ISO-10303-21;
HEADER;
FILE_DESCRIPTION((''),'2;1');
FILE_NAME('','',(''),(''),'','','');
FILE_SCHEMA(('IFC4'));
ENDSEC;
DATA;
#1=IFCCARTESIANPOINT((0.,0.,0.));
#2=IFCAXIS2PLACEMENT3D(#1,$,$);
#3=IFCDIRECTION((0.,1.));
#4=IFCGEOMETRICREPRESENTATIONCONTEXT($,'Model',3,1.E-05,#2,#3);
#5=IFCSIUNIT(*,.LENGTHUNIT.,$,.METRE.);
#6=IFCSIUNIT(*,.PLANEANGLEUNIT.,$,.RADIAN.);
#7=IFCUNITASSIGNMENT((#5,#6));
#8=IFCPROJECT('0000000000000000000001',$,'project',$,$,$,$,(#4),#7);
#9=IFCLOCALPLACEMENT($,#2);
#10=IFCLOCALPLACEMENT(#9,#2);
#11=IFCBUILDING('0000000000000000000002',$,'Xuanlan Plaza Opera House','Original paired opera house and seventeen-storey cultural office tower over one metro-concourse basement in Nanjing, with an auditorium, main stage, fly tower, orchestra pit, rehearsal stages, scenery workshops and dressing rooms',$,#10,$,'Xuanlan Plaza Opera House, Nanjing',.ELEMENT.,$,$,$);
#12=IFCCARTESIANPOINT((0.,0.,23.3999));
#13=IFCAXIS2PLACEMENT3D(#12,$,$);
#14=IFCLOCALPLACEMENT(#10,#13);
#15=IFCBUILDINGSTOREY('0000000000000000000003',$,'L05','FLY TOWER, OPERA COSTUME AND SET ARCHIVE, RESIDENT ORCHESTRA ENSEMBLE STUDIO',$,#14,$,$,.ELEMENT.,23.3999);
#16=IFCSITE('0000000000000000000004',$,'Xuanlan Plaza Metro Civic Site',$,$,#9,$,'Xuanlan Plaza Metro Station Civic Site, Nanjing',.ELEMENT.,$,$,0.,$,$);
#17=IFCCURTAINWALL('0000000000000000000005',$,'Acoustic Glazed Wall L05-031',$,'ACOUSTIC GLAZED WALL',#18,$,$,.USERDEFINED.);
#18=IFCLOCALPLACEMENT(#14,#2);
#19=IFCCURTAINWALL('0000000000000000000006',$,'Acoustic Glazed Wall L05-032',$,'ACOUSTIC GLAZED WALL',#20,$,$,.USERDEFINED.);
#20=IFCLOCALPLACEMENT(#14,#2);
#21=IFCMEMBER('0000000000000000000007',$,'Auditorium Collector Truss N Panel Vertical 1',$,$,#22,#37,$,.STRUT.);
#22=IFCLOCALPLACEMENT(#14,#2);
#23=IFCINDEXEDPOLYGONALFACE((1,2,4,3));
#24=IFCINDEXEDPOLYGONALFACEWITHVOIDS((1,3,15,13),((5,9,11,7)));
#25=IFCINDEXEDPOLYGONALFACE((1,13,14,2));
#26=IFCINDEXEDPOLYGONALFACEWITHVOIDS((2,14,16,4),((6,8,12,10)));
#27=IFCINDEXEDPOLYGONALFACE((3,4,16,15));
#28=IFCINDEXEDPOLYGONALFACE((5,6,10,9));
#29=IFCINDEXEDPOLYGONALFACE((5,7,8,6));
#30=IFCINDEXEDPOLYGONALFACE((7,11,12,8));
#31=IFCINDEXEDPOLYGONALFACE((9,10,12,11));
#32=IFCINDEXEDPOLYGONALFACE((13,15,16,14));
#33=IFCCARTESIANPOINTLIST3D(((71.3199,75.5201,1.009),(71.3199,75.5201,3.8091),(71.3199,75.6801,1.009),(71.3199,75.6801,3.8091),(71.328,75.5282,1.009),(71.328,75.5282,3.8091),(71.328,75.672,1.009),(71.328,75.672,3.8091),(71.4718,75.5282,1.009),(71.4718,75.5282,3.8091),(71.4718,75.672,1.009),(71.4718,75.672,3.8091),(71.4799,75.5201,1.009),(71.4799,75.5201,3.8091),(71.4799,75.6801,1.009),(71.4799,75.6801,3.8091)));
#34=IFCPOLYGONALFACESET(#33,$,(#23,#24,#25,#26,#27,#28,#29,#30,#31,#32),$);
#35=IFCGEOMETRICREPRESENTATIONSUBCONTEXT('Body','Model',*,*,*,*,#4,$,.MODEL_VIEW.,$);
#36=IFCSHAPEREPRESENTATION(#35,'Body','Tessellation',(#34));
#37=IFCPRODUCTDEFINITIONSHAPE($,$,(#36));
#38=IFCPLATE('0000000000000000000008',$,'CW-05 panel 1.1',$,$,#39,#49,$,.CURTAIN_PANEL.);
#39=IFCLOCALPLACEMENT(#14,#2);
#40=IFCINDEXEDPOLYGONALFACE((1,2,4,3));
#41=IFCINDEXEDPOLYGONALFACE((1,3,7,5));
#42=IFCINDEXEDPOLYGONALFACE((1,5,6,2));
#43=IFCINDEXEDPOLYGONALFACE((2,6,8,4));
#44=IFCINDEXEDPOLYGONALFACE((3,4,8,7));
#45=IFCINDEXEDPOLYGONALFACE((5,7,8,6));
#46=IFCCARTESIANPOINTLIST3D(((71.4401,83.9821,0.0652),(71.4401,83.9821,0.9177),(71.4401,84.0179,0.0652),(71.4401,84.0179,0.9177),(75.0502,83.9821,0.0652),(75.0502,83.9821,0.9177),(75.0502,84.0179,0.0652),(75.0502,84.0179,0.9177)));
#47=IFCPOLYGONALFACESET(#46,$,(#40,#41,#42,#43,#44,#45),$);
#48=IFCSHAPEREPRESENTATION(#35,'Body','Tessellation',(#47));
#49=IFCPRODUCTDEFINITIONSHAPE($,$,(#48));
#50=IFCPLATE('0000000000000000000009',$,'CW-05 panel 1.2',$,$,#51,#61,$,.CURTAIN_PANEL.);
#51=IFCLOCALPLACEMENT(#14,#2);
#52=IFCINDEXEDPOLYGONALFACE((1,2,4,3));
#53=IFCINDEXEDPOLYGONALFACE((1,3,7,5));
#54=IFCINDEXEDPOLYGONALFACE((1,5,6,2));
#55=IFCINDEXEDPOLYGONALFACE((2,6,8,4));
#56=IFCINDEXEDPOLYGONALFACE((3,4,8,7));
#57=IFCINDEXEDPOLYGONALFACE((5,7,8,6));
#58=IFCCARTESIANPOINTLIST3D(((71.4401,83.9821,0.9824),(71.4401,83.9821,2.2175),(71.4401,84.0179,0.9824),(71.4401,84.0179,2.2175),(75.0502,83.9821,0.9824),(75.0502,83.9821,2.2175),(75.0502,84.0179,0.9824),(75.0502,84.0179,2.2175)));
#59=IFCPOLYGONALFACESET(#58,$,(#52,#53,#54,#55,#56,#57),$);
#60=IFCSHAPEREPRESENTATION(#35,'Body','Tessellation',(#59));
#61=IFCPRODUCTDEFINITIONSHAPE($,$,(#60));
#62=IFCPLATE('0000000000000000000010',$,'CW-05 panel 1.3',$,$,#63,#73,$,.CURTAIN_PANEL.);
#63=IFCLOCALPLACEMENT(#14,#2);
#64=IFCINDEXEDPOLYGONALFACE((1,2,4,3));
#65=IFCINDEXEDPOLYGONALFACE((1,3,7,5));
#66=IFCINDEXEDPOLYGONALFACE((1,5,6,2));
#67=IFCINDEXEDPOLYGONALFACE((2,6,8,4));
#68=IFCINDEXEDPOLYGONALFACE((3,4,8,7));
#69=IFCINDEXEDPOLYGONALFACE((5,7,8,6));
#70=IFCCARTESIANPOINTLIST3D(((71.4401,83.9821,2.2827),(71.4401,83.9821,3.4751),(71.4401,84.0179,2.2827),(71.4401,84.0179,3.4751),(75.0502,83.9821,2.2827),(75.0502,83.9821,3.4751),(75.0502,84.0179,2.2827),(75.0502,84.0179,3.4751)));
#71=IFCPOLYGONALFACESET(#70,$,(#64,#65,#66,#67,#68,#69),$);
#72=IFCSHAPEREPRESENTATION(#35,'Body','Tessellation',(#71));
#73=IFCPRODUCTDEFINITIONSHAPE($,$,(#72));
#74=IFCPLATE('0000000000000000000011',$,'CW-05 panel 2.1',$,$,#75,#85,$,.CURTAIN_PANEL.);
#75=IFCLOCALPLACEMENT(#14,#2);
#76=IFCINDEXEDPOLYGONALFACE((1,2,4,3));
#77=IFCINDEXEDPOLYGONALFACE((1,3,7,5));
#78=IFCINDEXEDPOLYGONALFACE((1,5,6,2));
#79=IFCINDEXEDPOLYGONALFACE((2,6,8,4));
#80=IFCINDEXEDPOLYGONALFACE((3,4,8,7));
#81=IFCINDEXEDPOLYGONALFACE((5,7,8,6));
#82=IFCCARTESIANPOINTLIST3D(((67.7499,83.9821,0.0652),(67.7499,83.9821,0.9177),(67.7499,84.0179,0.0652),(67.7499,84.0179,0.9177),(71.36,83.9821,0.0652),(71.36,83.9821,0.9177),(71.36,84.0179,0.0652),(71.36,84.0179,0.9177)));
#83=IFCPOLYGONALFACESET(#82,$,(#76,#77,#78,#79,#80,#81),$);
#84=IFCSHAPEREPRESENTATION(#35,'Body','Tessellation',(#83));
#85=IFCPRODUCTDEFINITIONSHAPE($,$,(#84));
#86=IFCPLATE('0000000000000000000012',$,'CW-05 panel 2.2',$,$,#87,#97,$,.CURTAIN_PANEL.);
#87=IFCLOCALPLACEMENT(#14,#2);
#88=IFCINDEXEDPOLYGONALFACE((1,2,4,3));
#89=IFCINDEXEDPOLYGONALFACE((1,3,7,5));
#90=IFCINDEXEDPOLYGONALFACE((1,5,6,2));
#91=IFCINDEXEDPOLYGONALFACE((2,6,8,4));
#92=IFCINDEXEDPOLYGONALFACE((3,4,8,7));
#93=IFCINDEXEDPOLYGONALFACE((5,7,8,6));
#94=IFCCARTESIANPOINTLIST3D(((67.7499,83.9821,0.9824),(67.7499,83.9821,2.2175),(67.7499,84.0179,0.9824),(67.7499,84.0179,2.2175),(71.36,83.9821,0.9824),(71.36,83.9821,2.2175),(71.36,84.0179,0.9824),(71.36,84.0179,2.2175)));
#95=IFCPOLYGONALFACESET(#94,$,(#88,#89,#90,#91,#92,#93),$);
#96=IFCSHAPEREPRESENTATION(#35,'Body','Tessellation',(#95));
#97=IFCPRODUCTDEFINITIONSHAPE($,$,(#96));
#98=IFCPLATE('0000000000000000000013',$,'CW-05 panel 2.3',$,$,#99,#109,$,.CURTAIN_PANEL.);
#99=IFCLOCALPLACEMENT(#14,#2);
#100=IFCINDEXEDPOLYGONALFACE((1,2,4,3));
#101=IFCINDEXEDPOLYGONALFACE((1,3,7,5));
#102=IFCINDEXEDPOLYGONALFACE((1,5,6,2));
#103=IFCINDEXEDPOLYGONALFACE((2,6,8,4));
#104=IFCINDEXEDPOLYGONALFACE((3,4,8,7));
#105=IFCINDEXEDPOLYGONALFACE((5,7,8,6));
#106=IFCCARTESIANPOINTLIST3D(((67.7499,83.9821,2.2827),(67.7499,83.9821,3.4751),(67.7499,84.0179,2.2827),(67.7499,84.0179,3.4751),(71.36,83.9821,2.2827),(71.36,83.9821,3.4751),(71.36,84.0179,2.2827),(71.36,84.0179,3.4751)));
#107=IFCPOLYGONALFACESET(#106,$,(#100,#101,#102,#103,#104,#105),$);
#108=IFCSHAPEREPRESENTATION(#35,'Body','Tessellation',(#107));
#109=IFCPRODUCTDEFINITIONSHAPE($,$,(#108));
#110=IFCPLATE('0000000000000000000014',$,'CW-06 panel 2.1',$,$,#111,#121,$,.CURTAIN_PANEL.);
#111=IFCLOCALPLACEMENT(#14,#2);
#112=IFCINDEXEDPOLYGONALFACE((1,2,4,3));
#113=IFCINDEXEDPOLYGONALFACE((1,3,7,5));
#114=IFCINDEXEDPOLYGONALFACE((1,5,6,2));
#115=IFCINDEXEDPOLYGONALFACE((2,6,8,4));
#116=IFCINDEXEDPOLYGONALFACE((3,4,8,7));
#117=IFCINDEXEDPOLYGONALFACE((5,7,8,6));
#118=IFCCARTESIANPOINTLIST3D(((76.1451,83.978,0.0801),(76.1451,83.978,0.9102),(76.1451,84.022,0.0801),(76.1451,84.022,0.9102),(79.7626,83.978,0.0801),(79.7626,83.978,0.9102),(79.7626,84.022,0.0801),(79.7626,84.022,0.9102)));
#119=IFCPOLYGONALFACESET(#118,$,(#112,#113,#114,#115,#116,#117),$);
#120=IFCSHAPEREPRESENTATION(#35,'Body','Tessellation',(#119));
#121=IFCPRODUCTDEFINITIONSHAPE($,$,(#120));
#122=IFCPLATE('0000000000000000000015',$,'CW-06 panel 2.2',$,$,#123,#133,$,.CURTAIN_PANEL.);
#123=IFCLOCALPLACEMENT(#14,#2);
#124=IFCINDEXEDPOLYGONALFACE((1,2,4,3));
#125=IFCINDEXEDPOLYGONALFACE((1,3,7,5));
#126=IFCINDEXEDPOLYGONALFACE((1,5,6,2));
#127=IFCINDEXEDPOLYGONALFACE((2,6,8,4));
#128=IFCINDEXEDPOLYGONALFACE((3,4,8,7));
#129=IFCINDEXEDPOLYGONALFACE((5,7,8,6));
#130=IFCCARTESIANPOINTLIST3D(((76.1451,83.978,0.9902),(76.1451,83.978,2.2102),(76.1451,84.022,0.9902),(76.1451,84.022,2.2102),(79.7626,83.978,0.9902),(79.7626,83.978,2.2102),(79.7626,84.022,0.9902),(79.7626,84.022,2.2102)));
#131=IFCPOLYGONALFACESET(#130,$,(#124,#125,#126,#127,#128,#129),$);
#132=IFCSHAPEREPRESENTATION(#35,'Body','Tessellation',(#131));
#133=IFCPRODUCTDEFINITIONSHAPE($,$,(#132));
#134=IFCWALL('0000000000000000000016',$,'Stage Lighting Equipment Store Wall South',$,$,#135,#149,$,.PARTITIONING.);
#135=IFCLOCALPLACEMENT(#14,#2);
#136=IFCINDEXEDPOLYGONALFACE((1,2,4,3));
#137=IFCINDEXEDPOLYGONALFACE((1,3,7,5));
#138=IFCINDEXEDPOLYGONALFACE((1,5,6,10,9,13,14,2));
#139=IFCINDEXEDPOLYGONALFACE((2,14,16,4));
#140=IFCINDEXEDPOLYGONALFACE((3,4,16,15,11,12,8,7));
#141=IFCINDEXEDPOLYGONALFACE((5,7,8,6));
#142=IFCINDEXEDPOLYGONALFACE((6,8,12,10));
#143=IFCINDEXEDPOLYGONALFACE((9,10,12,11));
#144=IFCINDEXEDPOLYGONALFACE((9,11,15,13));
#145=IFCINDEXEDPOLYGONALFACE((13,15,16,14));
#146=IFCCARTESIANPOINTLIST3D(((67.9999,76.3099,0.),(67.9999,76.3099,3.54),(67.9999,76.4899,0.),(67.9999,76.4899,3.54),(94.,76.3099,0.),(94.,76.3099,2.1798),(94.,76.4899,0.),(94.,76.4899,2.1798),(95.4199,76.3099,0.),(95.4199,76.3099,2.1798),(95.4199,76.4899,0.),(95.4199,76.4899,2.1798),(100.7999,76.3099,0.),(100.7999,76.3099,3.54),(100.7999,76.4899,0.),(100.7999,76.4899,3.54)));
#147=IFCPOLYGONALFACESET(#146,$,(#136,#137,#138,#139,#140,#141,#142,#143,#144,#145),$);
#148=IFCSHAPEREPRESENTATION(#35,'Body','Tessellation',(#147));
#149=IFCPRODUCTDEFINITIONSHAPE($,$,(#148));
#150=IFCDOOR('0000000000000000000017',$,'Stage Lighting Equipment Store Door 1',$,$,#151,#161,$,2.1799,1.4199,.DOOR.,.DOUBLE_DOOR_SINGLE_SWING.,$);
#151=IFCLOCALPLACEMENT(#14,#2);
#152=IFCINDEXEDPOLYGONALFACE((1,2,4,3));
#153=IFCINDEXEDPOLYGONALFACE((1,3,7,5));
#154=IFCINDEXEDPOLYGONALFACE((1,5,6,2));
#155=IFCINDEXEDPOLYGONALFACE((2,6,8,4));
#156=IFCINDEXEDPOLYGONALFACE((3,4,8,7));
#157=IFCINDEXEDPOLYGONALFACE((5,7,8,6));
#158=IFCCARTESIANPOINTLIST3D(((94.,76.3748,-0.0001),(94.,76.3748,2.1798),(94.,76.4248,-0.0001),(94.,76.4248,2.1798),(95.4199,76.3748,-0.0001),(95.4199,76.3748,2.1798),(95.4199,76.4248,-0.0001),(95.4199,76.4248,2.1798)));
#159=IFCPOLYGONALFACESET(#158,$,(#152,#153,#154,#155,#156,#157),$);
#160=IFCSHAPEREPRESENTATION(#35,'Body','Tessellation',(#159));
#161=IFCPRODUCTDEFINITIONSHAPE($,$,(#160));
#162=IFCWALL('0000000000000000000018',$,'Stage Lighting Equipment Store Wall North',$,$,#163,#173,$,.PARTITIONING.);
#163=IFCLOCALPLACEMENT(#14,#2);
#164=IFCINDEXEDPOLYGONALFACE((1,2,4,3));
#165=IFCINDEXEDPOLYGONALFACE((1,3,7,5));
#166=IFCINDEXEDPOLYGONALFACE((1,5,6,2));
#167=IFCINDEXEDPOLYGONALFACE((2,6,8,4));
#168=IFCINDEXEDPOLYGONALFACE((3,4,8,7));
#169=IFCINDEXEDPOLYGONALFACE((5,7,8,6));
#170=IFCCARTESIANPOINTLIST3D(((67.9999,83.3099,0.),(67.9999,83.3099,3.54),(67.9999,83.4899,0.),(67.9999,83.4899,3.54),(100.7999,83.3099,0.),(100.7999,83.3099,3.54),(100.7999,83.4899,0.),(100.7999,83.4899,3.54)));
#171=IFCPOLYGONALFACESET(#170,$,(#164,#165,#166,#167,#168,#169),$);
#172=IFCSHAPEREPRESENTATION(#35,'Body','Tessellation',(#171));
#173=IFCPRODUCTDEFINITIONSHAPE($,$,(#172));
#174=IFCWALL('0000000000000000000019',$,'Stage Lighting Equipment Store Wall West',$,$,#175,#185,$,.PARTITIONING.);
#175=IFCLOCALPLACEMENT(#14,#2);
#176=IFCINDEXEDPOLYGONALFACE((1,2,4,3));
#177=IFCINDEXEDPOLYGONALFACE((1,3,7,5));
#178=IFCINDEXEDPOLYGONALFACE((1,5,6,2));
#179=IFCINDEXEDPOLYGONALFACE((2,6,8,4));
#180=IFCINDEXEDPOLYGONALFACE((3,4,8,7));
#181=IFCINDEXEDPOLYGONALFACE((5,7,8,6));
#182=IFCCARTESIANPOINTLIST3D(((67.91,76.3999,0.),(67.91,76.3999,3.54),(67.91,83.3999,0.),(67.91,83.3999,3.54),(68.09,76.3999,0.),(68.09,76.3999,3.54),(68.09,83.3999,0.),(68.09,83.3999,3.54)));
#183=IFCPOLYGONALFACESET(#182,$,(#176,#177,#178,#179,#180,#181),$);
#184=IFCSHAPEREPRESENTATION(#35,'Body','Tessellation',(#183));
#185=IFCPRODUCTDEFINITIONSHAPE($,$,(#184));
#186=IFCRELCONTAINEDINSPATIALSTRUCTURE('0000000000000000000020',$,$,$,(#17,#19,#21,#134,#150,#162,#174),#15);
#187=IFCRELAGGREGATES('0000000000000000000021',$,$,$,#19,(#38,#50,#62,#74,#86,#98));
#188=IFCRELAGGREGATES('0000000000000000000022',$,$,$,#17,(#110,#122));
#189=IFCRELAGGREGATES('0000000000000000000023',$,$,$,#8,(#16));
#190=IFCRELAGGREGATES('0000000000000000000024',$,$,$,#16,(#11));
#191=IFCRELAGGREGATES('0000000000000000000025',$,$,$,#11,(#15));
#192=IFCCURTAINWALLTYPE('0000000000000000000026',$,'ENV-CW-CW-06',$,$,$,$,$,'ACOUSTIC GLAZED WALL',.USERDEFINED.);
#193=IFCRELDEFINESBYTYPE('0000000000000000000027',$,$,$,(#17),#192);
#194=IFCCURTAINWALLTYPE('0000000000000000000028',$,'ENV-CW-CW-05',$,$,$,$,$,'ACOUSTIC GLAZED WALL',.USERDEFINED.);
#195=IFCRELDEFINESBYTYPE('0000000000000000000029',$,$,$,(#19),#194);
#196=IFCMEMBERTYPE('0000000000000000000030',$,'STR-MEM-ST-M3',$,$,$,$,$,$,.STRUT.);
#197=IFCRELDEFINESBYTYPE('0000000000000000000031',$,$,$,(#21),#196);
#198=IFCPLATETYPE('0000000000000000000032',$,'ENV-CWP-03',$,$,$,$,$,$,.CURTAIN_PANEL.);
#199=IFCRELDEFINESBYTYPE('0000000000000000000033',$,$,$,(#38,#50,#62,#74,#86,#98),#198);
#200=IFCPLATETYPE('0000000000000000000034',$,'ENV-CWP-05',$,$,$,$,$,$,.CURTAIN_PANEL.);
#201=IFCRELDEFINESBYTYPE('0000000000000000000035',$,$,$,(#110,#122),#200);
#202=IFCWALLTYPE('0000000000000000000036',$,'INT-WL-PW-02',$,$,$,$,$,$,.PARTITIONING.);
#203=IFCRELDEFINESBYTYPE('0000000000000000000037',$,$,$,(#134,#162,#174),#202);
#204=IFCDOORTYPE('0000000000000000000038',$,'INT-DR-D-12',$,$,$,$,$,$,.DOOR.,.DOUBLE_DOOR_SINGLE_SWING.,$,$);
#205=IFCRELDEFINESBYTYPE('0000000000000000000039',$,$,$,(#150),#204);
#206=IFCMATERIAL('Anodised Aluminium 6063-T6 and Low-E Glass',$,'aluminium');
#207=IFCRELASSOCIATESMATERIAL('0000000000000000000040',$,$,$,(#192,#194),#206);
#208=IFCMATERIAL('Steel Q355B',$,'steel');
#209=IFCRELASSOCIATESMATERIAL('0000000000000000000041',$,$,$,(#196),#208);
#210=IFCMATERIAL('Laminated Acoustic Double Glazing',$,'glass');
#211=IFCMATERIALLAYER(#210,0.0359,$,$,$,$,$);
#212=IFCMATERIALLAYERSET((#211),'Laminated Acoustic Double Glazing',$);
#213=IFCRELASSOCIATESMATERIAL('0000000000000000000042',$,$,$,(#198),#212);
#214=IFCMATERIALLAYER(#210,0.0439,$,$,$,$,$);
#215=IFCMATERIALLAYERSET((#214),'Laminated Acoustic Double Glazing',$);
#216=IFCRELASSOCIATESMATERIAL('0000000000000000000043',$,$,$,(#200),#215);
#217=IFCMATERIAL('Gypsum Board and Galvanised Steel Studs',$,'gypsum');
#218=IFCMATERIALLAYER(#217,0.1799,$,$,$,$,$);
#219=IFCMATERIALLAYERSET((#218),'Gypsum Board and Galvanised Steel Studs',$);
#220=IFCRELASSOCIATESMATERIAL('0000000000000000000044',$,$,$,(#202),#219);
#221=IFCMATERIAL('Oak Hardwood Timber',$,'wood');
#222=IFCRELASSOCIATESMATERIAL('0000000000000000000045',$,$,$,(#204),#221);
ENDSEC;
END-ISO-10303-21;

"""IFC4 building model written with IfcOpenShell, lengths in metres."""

from ifc_helpers import new_model, si_unit, direction, frame, frame_2d, origin, origin_2d, place, context, subcontext, project, spatial, rectangle, hollow_rectangle, extrude, material, layer, layer_set, material_profile, profile_set, type_object, element, fill, aggregate, save


model = new_model("IFC4")

# Units and contexts
model_context = context("Model", 3, precision=1e-05, world=origin(), true_north=direction((0.0, 1.0)))
body_context = subcontext(model_context, "Body", "Model", "MODEL_VIEW")
ifc_project = project(units=[si_unit("LENGTHUNIT", "METRE"), si_unit("PLANEANGLEUNIT", "RADIAN")], contexts=[model_context])

# Site, building, storey
site_placement = place(None, origin())
site = spatial("IfcSite", under=ifc_project, at=site_placement, Name="Xuanlan Plaza Metro Civic Site", LongName="Xuanlan Plaza Metro Station Civic Site, Nanjing", CompositionType="ELEMENT", RefElevation=0.0)
building_placement = place(site_placement, origin())
building = spatial("IfcBuilding", under=site, at=building_placement, Name="Xuanlan Plaza Opera House", Description="Original paired opera house and seventeen-storey cultural office tower over one metro-concourse basement in Nanjing, with an auditorium, main stage, fly tower, orchestra pit, rehearsal stages, scenery workshops and dressing rooms", LongName="Xuanlan Plaza Opera House, Nanjing", CompositionType="ELEMENT")
storey_placement = place(building_placement, frame((0.0, 0.0, 23.3999)))
storey = spatial("IfcBuildingStorey", under=building, at=storey_placement, Name="L05", Description="FLY TOWER, OPERA COSTUME AND SET ARCHIVE, RESIDENT ORCHESTRA ENSEMBLE STUDIO", CompositionType="ELEMENT", Elevation=23.3999)

# Curtain wall
ifc_material_1 = material(Name="Anodised Aluminium 6063-T6 and Low-E Glass", Category="aluminium")
curtain_wall_type_1 = type_object("IfcCurtainWallType", Name="ENV-CW-CW-06", ElementType="ACOUSTIC GLAZED WALL", PredefinedType="USERDEFINED", material=ifc_material_1)
curtain_wall_1_placement = place(storey_placement, origin())
curtain_wall_1 = element("IfcCurtainWall", 1, at=curtain_wall_1_placement, inside=storey, type_object=curtain_wall_type_1, Name="Acoustic Glazed Wall L05-031", ObjectType="ACOUSTIC GLAZED WALL", PredefinedType="USERDEFINED")

# Curtain wall
curtain_wall_type_2 = type_object("IfcCurtainWallType", Name="ENV-CW-CW-05", ElementType="ACOUSTIC GLAZED WALL", PredefinedType="USERDEFINED", material=ifc_material_1)
curtain_wall_2_placement = place(storey_placement, origin())
curtain_wall_2 = element("IfcCurtainWall", 2, at=curtain_wall_2_placement, inside=storey, type_object=curtain_wall_type_2, Name="Acoustic Glazed Wall L05-032", ObjectType="ACOUSTIC GLAZED WALL", PredefinedType="USERDEFINED")

# Member
ifc_material_2 = material(Name="Steel Q355B", Category="steel")
ifc_material_profile_1 = material_profile(ifc_material_2, hollow_rectangle(XDim=0.1599, YDim=0.1599, WallThickness=0.0081, at=origin_2d()), Name="SHS 160x160x8")
ifc_profile_set_1 = profile_set([ifc_material_profile_1], Name="Steel Q355B")
member_type_1 = type_object("IfcMemberType", Name="STR-MEM-ST-M3", PredefinedType="STRUT", material=ifc_profile_set_1)
member_1_placement = place(storey_placement, frame((71.3999, 75.6001, 1.009), z_axis=(0.0, 0.0, 1.0), x_axis=(1.0, 0.0, 0.0)))
element("IfcMember", 3, at=member_1_placement, inside=storey, type_object=member_type_1, Name="Auditorium Collector Truss N Panel Vertical 1", PredefinedType="STRUT", context=body_context, shape_type="SweptSolid", body=[
    extrude(hollow_rectangle(XDim=0.1599, YDim=0.1599, WallThickness=0.0081, at=origin_2d()), origin(), (0.0, 0.0, 1.0), 2.8),
])

# Plates
ifc_material_3 = material(Name="Laminated Acoustic Double Glazing", Category="glass")
ifc_layer_1 = layer(ifc_material_3, 0.0359)
ifc_layer_set_1 = layer_set([ifc_layer_1], Name="Laminated Acoustic Double Glazing")
plate_type_1 = type_object("IfcPlateType", Name="ENV-CWP-03", PredefinedType="CURTAIN_PANEL", material=ifc_layer_set_1)
plate_1_placement = place(storey_placement, frame((73.2451, 84.0, 0.0652), z_axis=(0.0, 0.0, 1.0), x_axis=(-1.0, 0.0, 0.0)))
plate_1 = element("IfcPlate", 4, at=plate_1_placement, type_object=plate_type_1, Name="CW-05 panel 1.1", PredefinedType="CURTAIN_PANEL", context=body_context, shape_type="SweptSolid", body=[
    extrude(rectangle(XDim=3.6101, YDim=0.0359, at=origin_2d()), origin(), (0.0, 0.0, 1.0), 0.8525),
])
plate_2_placement = place(storey_placement, frame((73.2451, 84.0, 0.9824), z_axis=(0.0, 0.0, 1.0), x_axis=(-1.0, 0.0, 0.0)))
plate_2 = element("IfcPlate", 5, at=plate_2_placement, type_object=plate_type_1, Name="CW-05 panel 1.2", PredefinedType="CURTAIN_PANEL", context=body_context, shape_type="SweptSolid", body=[
    extrude(rectangle(XDim=3.6101, YDim=0.0359, at=origin_2d()), origin(), (0.0, 0.0, 1.0), 1.2351),
])
plate_3_placement = place(storey_placement, frame((73.2451, 84.0, 2.2827), z_axis=(0.0, 0.0, 1.0), x_axis=(-1.0, 0.0, 0.0)))
plate_3 = element("IfcPlate", 6, at=plate_3_placement, type_object=plate_type_1, Name="CW-05 panel 1.3", PredefinedType="CURTAIN_PANEL", context=body_context, shape_type="SweptSolid", body=[
    extrude(rectangle(XDim=3.6101, YDim=0.0359, at=origin_2d()), origin(), (0.0, 0.0, 1.0), 1.1924),
])
plate_4_placement = place(storey_placement, frame((69.5549, 84.0, 0.0652), z_axis=(0.0, 0.0, 1.0), x_axis=(-1.0, 0.0, 0.0)))
plate_4 = element("IfcPlate", 7, at=plate_4_placement, type_object=plate_type_1, Name="CW-05 panel 2.1", PredefinedType="CURTAIN_PANEL", context=body_context, shape_type="SweptSolid", body=[
    extrude(rectangle(XDim=3.6101, YDim=0.0359, at=origin_2d()), origin(), (0.0, 0.0, 1.0), 0.8525),
])
plate_5_placement = place(storey_placement, frame((69.5549, 84.0, 0.9824), z_axis=(0.0, 0.0, 1.0), x_axis=(-1.0, 0.0, 0.0)))
plate_5 = element("IfcPlate", 8, at=plate_5_placement, type_object=plate_type_1, Name="CW-05 panel 2.2", PredefinedType="CURTAIN_PANEL", context=body_context, shape_type="SweptSolid", body=[
    extrude(rectangle(XDim=3.6101, YDim=0.0359, at=origin_2d()), origin(), (0.0, 0.0, 1.0), 1.2351),
])
plate_6_placement = place(storey_placement, frame((69.5549, 84.0, 2.2827), z_axis=(0.0, 0.0, 1.0), x_axis=(-1.0, 0.0, 0.0)))
plate_6 = element("IfcPlate", 9, at=plate_6_placement, type_object=plate_type_1, Name="CW-05 panel 2.3", PredefinedType="CURTAIN_PANEL", context=body_context, shape_type="SweptSolid", body=[
    extrude(rectangle(XDim=3.6101, YDim=0.0359, at=origin_2d()), origin(), (0.0, 0.0, 1.0), 1.1924),
])
aggregate(curtain_wall_2, [plate_1, plate_2, plate_3, plate_4, plate_5, plate_6])
ifc_layer_2 = layer(ifc_material_3, 0.0439)
ifc_layer_set_2 = layer_set([ifc_layer_2], Name="Laminated Acoustic Double Glazing")
plate_type_2 = type_object("IfcPlateType", Name="ENV-CWP-05", PredefinedType="CURTAIN_PANEL", material=ifc_layer_set_2)
plate_7_placement = place(storey_placement, frame((77.9539, 84.0, 0.0801), z_axis=(0.0, 0.0, 1.0), x_axis=(-1.0, 0.0, 0.0)))
plate_7 = element("IfcPlate", 10, at=plate_7_placement, type_object=plate_type_2, Name="CW-06 panel 2.1", PredefinedType="CURTAIN_PANEL", context=body_context, shape_type="SweptSolid", body=[
    extrude(rectangle(XDim=3.6174, YDim=0.0439, at=origin_2d()), origin(), (0.0, 0.0, 1.0), 0.8301),
])
plate_8_placement = place(storey_placement, frame((77.9539, 84.0, 0.9902), z_axis=(0.0, 0.0, 1.0), x_axis=(-1.0, 0.0, 0.0)))
plate_8 = element("IfcPlate", 11, at=plate_8_placement, type_object=plate_type_2, Name="CW-06 panel 2.2", PredefinedType="CURTAIN_PANEL", context=body_context, shape_type="SweptSolid", body=[
    extrude(rectangle(XDim=3.6174, YDim=0.0439, at=origin_2d()), origin(), (0.0, 0.0, 1.0), 1.22),
])
aggregate(curtain_wall_1, [plate_7, plate_8])

# Wall, opening, door
ifc_material_4 = material(Name="Gypsum Board and Galvanised Steel Studs", Category="gypsum")
ifc_layer_3 = layer(ifc_material_4, 0.1799)
ifc_layer_set_3 = layer_set([ifc_layer_3], Name="Gypsum Board and Galvanised Steel Studs")
wall_type = type_object("IfcWallType", Name="INT-WL-PW-02", PredefinedType="PARTITIONING", material=ifc_layer_set_3)
wall_1_placement = place(storey_placement, frame((68.0, 76.3999, 0.0), z_axis=(0.0, 0.0, 1.0), x_axis=(1.0, 0.0, 0.0)))
wall_1 = element("IfcWall", 12, at=wall_1_placement, inside=storey, type_object=wall_type, Name="Stage Lighting Equipment Store Wall South", PredefinedType="PARTITIONING", context=body_context, shape_type="SweptSolid", body=[
    extrude(rectangle(XDim=32.8, YDim=0.1799, at=frame_2d((16.3999, 0.0))), origin(), (0.0, 0.0, 1.0), 3.54),
])
opening_placement = place(wall_1_placement, frame((26.0, 0.0, 0.0)))
opening = element("IfcOpeningElement", 13, at=opening_placement, cuts=wall_1, PredefinedType="OPENING", context=body_context, shape_type="SweptSolid", body=[
    extrude(rectangle(XDim=1.4199, YDim=2.1799, at=frame_2d((0.71, 1.0898))), frame((0.0, 0.0999, 0.0), z_axis=(0.0, -1.0, 0.0), x_axis=(1.0, 0.0, 0.0)), (0.0, 0.0, 1.0), 0.2),
])
ifc_material_5 = material(Name="Oak Hardwood Timber", Category="wood")
door_type = type_object("IfcDoorType", Name="INT-DR-D-12", OperationType="DOUBLE_DOOR_SINGLE_SWING", PredefinedType="DOOR", material=ifc_material_5)
door_placement = place(opening_placement, origin())
door = element("IfcDoor", 14, at=door_placement, inside=storey, type_object=door_type, Name="Stage Lighting Equipment Store Door 1", OperationType="DOUBLE_DOOR_SINGLE_SWING", OverallHeight=2.1799, OverallWidth=1.4199, PredefinedType="DOOR", context=body_context, shape_type="SweptSolid", body=[
    extrude(rectangle(XDim=1.4199, YDim=2.1799, at=frame_2d((0.71, 1.0898))), frame((0.0, 0.0249, 0.0), z_axis=(0.0, -1.0, 0.0), x_axis=(1.0, 0.0, 0.0)), (0.0, 0.0, 1.0), 0.05),
])
fill(opening, door)

# Walls
wall_2_placement = place(storey_placement, frame((68.0, 83.3999, 0.0), z_axis=(0.0, 0.0, 1.0), x_axis=(1.0, 0.0, 0.0)))
element("IfcWall", 15, at=wall_2_placement, inside=storey, type_object=wall_type, Name="Stage Lighting Equipment Store Wall North", PredefinedType="PARTITIONING", context=body_context, shape_type="SweptSolid", body=[
    extrude(rectangle(XDim=32.8, YDim=0.1799, at=frame_2d((16.3999, 0.0))), origin(), (0.0, 0.0, 1.0), 3.54),
])
wall_3_placement = place(storey_placement, frame((68.0, 76.3999, 0.0), z_axis=(0.0, 0.0, 1.0), x_axis=(0.0, 1.0, 0.0)))
element("IfcWall", 16, at=wall_3_placement, inside=storey, type_object=wall_type, Name="Stage Lighting Equipment Store Wall West", PredefinedType="PARTITIONING", context=body_context, shape_type="SweptSolid", body=[
    extrude(rectangle(XDim=7.0, YDim=0.1799, at=frame_2d((3.5, 0.0))), origin(), (0.0, 0.0, 1.0), 3.54),
])

save(model, "model.ifc")
